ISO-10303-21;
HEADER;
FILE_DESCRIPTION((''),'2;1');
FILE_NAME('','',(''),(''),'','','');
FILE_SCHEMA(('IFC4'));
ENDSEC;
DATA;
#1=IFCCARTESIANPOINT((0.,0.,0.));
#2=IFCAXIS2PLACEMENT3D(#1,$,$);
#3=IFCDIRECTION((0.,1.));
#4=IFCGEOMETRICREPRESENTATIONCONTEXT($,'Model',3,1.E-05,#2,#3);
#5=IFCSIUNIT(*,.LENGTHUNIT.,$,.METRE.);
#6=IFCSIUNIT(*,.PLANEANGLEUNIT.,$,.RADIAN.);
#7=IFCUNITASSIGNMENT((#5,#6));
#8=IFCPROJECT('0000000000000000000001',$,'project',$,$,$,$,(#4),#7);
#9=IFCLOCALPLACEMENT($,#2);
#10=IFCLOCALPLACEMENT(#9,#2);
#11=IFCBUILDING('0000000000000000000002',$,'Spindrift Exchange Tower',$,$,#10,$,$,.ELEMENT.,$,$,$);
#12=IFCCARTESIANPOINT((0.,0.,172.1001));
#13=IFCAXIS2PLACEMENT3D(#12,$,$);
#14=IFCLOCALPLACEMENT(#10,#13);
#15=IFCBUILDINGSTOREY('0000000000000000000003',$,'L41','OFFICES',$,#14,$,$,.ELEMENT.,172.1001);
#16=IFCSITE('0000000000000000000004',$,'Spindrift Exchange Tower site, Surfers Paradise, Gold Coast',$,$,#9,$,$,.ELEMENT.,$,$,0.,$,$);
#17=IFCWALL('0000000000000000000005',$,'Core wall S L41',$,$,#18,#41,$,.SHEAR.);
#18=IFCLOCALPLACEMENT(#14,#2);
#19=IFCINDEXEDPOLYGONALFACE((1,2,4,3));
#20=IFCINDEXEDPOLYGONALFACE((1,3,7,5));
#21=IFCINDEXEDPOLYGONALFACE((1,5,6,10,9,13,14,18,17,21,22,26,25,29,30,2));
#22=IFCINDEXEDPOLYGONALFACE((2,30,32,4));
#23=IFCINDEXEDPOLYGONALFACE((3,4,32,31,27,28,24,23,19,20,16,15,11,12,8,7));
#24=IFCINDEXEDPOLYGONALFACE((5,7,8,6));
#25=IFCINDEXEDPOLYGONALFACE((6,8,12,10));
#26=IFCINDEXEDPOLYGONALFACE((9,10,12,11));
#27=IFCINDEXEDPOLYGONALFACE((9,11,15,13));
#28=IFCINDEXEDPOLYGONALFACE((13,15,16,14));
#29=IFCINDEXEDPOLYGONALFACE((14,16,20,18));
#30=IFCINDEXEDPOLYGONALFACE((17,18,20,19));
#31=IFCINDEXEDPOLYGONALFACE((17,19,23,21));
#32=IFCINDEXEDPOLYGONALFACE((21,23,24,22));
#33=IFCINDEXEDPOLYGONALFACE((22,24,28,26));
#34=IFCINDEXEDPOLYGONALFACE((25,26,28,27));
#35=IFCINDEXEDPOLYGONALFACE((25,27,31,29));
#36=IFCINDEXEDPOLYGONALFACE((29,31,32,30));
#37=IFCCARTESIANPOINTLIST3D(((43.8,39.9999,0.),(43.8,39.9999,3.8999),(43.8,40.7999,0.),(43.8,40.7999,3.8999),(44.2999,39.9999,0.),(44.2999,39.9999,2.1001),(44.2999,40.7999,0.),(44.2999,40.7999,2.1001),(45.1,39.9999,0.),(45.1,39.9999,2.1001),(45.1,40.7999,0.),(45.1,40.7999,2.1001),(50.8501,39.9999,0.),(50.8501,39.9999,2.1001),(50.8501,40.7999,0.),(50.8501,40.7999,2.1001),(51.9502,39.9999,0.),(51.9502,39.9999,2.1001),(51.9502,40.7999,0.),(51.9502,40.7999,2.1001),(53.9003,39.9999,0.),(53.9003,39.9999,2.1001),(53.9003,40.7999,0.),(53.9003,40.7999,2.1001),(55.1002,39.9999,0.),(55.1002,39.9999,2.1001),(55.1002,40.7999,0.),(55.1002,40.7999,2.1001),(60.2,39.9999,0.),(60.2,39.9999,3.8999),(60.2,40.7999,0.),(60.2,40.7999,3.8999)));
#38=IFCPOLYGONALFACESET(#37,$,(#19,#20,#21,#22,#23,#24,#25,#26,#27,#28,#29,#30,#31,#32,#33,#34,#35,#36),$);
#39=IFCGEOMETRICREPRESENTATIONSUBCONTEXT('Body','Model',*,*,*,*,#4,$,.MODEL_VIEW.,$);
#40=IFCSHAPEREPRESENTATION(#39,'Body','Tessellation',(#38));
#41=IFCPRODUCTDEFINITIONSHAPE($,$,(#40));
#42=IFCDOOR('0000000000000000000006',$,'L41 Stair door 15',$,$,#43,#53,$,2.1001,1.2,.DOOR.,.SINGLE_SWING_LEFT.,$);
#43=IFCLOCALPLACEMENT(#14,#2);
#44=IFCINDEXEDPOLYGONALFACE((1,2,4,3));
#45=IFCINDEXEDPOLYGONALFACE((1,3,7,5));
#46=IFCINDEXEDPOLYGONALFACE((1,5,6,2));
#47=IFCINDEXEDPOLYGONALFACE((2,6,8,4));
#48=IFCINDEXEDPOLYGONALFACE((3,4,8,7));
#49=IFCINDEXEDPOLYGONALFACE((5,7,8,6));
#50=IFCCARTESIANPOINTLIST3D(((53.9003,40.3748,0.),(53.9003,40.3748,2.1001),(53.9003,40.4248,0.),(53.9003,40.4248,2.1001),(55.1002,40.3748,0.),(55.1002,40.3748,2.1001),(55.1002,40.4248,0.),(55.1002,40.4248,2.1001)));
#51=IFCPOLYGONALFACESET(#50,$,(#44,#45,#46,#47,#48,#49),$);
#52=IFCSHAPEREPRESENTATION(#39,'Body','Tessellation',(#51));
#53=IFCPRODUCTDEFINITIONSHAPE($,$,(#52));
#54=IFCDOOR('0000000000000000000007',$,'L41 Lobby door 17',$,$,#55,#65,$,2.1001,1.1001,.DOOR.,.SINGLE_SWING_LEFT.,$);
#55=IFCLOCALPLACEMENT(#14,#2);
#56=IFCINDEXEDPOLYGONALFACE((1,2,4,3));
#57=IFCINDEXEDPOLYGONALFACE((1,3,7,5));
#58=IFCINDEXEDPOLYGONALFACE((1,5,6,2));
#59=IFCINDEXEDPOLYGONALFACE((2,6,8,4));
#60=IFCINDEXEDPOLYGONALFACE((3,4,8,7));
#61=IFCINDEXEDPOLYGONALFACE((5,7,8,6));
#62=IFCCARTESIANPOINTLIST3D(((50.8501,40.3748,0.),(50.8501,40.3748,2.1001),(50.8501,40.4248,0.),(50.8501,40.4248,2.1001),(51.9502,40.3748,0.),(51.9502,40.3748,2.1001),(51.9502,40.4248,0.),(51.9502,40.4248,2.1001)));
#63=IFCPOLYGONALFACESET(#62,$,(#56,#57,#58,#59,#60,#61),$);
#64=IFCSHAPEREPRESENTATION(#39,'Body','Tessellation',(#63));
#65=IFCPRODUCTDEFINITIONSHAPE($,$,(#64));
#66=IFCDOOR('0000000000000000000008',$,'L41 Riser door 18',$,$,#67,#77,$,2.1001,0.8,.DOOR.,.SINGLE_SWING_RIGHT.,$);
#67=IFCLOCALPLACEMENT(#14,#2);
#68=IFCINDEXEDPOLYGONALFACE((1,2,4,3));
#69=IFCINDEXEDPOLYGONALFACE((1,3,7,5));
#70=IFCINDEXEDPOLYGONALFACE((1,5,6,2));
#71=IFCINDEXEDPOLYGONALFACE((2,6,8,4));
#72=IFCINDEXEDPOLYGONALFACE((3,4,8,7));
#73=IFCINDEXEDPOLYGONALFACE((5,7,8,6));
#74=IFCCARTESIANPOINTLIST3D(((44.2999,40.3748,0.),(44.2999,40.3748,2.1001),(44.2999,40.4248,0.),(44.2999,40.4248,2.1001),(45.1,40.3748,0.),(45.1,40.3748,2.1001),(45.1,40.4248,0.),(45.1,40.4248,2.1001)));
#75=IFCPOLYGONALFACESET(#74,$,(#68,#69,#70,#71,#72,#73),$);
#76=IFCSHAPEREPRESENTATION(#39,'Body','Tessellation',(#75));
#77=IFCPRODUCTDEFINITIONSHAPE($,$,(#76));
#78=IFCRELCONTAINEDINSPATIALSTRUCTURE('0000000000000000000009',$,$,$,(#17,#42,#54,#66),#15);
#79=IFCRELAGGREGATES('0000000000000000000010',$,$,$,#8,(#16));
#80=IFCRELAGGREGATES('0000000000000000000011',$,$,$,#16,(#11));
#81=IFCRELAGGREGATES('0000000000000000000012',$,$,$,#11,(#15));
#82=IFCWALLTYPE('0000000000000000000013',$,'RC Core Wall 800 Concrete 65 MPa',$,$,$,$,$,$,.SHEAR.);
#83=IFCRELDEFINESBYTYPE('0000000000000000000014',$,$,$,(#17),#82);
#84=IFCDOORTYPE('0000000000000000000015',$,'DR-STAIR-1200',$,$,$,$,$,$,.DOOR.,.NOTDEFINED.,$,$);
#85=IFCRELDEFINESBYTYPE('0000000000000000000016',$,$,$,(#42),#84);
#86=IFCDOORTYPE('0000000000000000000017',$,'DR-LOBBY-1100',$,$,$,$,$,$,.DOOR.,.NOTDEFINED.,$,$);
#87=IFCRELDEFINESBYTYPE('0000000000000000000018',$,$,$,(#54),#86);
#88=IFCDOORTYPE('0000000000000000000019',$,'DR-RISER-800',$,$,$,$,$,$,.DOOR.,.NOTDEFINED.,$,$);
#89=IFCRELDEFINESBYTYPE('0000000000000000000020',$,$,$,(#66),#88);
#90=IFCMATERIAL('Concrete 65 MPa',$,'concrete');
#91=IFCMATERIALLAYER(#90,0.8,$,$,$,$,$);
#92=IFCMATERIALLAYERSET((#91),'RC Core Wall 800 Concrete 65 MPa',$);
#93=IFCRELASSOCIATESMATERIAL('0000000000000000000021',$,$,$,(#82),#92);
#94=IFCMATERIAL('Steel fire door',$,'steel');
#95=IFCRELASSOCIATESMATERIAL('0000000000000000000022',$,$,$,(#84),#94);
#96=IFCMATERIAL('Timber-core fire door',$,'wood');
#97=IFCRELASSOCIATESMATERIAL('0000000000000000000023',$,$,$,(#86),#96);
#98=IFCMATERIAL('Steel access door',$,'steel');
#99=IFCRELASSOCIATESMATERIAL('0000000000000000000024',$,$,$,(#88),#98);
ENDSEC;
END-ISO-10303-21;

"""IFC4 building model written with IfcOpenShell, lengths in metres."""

from ifc_helpers import new_model, si_unit, direction, frame, frame_2d, origin, place, context, subcontext, project, spatial, rectangle, extrude, source, transform, mapped, material, layer, layer_set, type_object, element, fill, save


model = new_model("IFC4")

# Units and contexts
model_context = context("Model", 3, precision=1e-05, world=origin(), true_north=direction((0.0, 1.0)))
body_context = subcontext(model_context, "Body", "Model", "MODEL_VIEW")
ifc_project = project(units=[si_unit("LENGTHUNIT", "METRE"), si_unit("PLANEANGLEUNIT", "RADIAN")], contexts=[model_context])

# Site, building, storey
site_placement = place(None, origin())
site = spatial("IfcSite", under=ifc_project, at=site_placement, Name="Spindrift Exchange Tower site, Surfers Paradise, Gold Coast", CompositionType="ELEMENT", RefElevation=0.0)
building_placement = place(site_placement, origin())
building = spatial("IfcBuilding", under=site, at=building_placement, Name="Spindrift Exchange Tower", CompositionType="ELEMENT")
storey_placement = place(building_placement, frame((0.0, 0.0, 172.1001)))
storey = spatial("IfcBuildingStorey", under=building, at=storey_placement, Name="L41", Description="OFFICES", CompositionType="ELEMENT", Elevation=172.1001)

# Wall, openings, doors
ifc_material_1 = material(Name="Concrete 65 MPa", Category="concrete")
ifc_layer_1 = layer(ifc_material_1, 0.8)
ifc_layer_set_1 = layer_set([ifc_layer_1], Name="RC Core Wall 800 Concrete 65 MPa")
wall_type_1 = type_object("IfcWallType", Name="RC Core Wall 800 Concrete 65 MPa", PredefinedType="SHEAR", material=ifc_layer_set_1)
wall_1_placement = place(storey_placement, frame((43.8, 40.3999, 0.0), z_axis=(0.0, 0.0, 1.0), x_axis=(1.0, 0.0, 0.0)))
wall_1 = element("IfcWall", 1, at=wall_1_placement, inside=storey, type_object=wall_type_1, Name="Core wall S L41", PredefinedType="SHEAR", context=body_context, shape_type="SweptSolid", body=[
    extrude(rectangle(XDim=16.3999, YDim=0.8, at=frame_2d((8.2, 0.0))), origin(), (0.0, 0.0, 1.0), 3.8999),
])
opening_1_placement = place(wall_1_placement, frame((10.1001, 0.0, 0.0)))
opening_1 = element("IfcOpeningElement", 2, at=opening_1_placement, cuts=wall_1, PredefinedType="OPENING", context=body_context, shape_type="SweptSolid", body=[
    extrude(rectangle(XDim=1.2, YDim=2.1001, at=frame_2d((0.6001, 1.05))), frame((0.0, 0.4099, 0.0), z_axis=(0.0, -1.0, 0.0), x_axis=(1.0, 0.0, 0.0)), (0.0, 0.0, 1.0), 0.8201),
])
opening_2_placement = place(wall_1_placement, frame((7.05, 0.0, 0.0)))
opening_2 = element("IfcOpeningElement", 3, at=opening_2_placement, cuts=wall_1, PredefinedType="OPENING", context=body_context, shape_type="SweptSolid", body=[
    extrude(rectangle(XDim=1.1001, YDim=2.1001, at=frame_2d((0.55, 1.05))), frame((0.0, 0.4099, 0.0), z_axis=(0.0, -1.0, 0.0), x_axis=(1.0, 0.0, 0.0)), (0.0, 0.0, 1.0), 0.8201),
])
opening_3_placement = place(wall_1_placement, frame((0.5, 0.0, 0.0)))
opening_3 = element("IfcOpeningElement", 4, at=opening_3_placement, cuts=wall_1, PredefinedType="OPENING", context=body_context, shape_type="SweptSolid", body=[
    extrude(rectangle(XDim=0.8, YDim=2.1001, at=frame_2d((0.3999, 1.05))), frame((0.0, 0.4099, 0.0), z_axis=(0.0, -1.0, 0.0), x_axis=(1.0, 0.0, 0.0)), (0.0, 0.0, 1.0), 0.8201),
])
ifc_material_2 = material(Name="Steel fire door", Category="steel")
door_type_1 = type_object("IfcDoorType", Name="DR-STAIR-1200", OperationType="NOTDEFINED", PredefinedType="DOOR", material=ifc_material_2)
shared_shape_1 = source(origin(), body_context, "Body", "SweptSolid", [
    extrude(rectangle(XDim=1.2, YDim=2.1001, at=frame_2d((0.6001, 1.05))), frame((0.0, 0.0249, 0.0), z_axis=(0.0, -1.0, 0.0), x_axis=(1.0, 0.0, 0.0)), (0.0, 0.0, 1.0), 0.05),
])
door_1_placement = place(opening_1_placement, origin())
door_1 = element("IfcDoor", 5, at=door_1_placement, inside=storey, type_object=door_type_1, Name="L41 Stair door 15", OperationType="SINGLE_SWING_LEFT", OverallHeight=2.1001, OverallWidth=1.2, PredefinedType="DOOR", context=body_context, shape_type="MappedRepresentation", body=[
    mapped(shared_shape_1, transform((0.0, 0.0, 0.0), scale=1.0)),
])
fill(opening_1, door_1)
ifc_material_3 = material(Name="Timber-core fire door", Category="wood")
door_type_2 = type_object("IfcDoorType", Name="DR-LOBBY-1100", OperationType="NOTDEFINED", PredefinedType="DOOR", material=ifc_material_3)
shared_shape_2 = source(origin(), body_context, "Body", "SweptSolid", [
    extrude(rectangle(XDim=1.1001, YDim=2.1001, at=frame_2d((0.55, 1.05))), frame((0.0, 0.0249, 0.0), z_axis=(0.0, -1.0, 0.0), x_axis=(1.0, 0.0, 0.0)), (0.0, 0.0, 1.0), 0.05),
])
door_2_placement = place(opening_2_placement, origin())
door_2 = element("IfcDoor", 6, at=door_2_placement, inside=storey, type_object=door_type_2, Name="L41 Lobby door 17", OperationType="SINGLE_SWING_LEFT", OverallHeight=2.1001, OverallWidth=1.1001, PredefinedType="DOOR", context=body_context, shape_type="MappedRepresentation", body=[
    mapped(shared_shape_2, transform((0.0, 0.0, 0.0), scale=1.0)),
])
fill(opening_2, door_2)
ifc_material_4 = material(Name="Steel access door", Category="steel")
door_type_3 = type_object("IfcDoorType", Name="DR-RISER-800", OperationType="NOTDEFINED", PredefinedType="DOOR", material=ifc_material_4)
shared_shape_3 = source(origin(), body_context, "Body", "SweptSolid", [
    extrude(rectangle(XDim=0.8, YDim=2.1001, at=frame_2d((0.3999, 1.05))), frame((0.0, 0.0249, 0.0), z_axis=(0.0, -1.0, 0.0), x_axis=(1.0, 0.0, 0.0)), (0.0, 0.0, 1.0), 0.05),
])
door_3_placement = place(opening_3_placement, origin())
door_3 = element("IfcDoor", 7, at=door_3_placement, inside=storey, type_object=door_type_3, Name="L41 Riser door 18", OperationType="SINGLE_SWING_RIGHT", OverallHeight=2.1001, OverallWidth=0.8, PredefinedType="DOOR", context=body_context, shape_type="MappedRepresentation", body=[
    mapped(shared_shape_3, transform((0.0, 0.0, 0.0), scale=1.0)),
])
fill(opening_3, door_3)

save(model, "model.ifc")
